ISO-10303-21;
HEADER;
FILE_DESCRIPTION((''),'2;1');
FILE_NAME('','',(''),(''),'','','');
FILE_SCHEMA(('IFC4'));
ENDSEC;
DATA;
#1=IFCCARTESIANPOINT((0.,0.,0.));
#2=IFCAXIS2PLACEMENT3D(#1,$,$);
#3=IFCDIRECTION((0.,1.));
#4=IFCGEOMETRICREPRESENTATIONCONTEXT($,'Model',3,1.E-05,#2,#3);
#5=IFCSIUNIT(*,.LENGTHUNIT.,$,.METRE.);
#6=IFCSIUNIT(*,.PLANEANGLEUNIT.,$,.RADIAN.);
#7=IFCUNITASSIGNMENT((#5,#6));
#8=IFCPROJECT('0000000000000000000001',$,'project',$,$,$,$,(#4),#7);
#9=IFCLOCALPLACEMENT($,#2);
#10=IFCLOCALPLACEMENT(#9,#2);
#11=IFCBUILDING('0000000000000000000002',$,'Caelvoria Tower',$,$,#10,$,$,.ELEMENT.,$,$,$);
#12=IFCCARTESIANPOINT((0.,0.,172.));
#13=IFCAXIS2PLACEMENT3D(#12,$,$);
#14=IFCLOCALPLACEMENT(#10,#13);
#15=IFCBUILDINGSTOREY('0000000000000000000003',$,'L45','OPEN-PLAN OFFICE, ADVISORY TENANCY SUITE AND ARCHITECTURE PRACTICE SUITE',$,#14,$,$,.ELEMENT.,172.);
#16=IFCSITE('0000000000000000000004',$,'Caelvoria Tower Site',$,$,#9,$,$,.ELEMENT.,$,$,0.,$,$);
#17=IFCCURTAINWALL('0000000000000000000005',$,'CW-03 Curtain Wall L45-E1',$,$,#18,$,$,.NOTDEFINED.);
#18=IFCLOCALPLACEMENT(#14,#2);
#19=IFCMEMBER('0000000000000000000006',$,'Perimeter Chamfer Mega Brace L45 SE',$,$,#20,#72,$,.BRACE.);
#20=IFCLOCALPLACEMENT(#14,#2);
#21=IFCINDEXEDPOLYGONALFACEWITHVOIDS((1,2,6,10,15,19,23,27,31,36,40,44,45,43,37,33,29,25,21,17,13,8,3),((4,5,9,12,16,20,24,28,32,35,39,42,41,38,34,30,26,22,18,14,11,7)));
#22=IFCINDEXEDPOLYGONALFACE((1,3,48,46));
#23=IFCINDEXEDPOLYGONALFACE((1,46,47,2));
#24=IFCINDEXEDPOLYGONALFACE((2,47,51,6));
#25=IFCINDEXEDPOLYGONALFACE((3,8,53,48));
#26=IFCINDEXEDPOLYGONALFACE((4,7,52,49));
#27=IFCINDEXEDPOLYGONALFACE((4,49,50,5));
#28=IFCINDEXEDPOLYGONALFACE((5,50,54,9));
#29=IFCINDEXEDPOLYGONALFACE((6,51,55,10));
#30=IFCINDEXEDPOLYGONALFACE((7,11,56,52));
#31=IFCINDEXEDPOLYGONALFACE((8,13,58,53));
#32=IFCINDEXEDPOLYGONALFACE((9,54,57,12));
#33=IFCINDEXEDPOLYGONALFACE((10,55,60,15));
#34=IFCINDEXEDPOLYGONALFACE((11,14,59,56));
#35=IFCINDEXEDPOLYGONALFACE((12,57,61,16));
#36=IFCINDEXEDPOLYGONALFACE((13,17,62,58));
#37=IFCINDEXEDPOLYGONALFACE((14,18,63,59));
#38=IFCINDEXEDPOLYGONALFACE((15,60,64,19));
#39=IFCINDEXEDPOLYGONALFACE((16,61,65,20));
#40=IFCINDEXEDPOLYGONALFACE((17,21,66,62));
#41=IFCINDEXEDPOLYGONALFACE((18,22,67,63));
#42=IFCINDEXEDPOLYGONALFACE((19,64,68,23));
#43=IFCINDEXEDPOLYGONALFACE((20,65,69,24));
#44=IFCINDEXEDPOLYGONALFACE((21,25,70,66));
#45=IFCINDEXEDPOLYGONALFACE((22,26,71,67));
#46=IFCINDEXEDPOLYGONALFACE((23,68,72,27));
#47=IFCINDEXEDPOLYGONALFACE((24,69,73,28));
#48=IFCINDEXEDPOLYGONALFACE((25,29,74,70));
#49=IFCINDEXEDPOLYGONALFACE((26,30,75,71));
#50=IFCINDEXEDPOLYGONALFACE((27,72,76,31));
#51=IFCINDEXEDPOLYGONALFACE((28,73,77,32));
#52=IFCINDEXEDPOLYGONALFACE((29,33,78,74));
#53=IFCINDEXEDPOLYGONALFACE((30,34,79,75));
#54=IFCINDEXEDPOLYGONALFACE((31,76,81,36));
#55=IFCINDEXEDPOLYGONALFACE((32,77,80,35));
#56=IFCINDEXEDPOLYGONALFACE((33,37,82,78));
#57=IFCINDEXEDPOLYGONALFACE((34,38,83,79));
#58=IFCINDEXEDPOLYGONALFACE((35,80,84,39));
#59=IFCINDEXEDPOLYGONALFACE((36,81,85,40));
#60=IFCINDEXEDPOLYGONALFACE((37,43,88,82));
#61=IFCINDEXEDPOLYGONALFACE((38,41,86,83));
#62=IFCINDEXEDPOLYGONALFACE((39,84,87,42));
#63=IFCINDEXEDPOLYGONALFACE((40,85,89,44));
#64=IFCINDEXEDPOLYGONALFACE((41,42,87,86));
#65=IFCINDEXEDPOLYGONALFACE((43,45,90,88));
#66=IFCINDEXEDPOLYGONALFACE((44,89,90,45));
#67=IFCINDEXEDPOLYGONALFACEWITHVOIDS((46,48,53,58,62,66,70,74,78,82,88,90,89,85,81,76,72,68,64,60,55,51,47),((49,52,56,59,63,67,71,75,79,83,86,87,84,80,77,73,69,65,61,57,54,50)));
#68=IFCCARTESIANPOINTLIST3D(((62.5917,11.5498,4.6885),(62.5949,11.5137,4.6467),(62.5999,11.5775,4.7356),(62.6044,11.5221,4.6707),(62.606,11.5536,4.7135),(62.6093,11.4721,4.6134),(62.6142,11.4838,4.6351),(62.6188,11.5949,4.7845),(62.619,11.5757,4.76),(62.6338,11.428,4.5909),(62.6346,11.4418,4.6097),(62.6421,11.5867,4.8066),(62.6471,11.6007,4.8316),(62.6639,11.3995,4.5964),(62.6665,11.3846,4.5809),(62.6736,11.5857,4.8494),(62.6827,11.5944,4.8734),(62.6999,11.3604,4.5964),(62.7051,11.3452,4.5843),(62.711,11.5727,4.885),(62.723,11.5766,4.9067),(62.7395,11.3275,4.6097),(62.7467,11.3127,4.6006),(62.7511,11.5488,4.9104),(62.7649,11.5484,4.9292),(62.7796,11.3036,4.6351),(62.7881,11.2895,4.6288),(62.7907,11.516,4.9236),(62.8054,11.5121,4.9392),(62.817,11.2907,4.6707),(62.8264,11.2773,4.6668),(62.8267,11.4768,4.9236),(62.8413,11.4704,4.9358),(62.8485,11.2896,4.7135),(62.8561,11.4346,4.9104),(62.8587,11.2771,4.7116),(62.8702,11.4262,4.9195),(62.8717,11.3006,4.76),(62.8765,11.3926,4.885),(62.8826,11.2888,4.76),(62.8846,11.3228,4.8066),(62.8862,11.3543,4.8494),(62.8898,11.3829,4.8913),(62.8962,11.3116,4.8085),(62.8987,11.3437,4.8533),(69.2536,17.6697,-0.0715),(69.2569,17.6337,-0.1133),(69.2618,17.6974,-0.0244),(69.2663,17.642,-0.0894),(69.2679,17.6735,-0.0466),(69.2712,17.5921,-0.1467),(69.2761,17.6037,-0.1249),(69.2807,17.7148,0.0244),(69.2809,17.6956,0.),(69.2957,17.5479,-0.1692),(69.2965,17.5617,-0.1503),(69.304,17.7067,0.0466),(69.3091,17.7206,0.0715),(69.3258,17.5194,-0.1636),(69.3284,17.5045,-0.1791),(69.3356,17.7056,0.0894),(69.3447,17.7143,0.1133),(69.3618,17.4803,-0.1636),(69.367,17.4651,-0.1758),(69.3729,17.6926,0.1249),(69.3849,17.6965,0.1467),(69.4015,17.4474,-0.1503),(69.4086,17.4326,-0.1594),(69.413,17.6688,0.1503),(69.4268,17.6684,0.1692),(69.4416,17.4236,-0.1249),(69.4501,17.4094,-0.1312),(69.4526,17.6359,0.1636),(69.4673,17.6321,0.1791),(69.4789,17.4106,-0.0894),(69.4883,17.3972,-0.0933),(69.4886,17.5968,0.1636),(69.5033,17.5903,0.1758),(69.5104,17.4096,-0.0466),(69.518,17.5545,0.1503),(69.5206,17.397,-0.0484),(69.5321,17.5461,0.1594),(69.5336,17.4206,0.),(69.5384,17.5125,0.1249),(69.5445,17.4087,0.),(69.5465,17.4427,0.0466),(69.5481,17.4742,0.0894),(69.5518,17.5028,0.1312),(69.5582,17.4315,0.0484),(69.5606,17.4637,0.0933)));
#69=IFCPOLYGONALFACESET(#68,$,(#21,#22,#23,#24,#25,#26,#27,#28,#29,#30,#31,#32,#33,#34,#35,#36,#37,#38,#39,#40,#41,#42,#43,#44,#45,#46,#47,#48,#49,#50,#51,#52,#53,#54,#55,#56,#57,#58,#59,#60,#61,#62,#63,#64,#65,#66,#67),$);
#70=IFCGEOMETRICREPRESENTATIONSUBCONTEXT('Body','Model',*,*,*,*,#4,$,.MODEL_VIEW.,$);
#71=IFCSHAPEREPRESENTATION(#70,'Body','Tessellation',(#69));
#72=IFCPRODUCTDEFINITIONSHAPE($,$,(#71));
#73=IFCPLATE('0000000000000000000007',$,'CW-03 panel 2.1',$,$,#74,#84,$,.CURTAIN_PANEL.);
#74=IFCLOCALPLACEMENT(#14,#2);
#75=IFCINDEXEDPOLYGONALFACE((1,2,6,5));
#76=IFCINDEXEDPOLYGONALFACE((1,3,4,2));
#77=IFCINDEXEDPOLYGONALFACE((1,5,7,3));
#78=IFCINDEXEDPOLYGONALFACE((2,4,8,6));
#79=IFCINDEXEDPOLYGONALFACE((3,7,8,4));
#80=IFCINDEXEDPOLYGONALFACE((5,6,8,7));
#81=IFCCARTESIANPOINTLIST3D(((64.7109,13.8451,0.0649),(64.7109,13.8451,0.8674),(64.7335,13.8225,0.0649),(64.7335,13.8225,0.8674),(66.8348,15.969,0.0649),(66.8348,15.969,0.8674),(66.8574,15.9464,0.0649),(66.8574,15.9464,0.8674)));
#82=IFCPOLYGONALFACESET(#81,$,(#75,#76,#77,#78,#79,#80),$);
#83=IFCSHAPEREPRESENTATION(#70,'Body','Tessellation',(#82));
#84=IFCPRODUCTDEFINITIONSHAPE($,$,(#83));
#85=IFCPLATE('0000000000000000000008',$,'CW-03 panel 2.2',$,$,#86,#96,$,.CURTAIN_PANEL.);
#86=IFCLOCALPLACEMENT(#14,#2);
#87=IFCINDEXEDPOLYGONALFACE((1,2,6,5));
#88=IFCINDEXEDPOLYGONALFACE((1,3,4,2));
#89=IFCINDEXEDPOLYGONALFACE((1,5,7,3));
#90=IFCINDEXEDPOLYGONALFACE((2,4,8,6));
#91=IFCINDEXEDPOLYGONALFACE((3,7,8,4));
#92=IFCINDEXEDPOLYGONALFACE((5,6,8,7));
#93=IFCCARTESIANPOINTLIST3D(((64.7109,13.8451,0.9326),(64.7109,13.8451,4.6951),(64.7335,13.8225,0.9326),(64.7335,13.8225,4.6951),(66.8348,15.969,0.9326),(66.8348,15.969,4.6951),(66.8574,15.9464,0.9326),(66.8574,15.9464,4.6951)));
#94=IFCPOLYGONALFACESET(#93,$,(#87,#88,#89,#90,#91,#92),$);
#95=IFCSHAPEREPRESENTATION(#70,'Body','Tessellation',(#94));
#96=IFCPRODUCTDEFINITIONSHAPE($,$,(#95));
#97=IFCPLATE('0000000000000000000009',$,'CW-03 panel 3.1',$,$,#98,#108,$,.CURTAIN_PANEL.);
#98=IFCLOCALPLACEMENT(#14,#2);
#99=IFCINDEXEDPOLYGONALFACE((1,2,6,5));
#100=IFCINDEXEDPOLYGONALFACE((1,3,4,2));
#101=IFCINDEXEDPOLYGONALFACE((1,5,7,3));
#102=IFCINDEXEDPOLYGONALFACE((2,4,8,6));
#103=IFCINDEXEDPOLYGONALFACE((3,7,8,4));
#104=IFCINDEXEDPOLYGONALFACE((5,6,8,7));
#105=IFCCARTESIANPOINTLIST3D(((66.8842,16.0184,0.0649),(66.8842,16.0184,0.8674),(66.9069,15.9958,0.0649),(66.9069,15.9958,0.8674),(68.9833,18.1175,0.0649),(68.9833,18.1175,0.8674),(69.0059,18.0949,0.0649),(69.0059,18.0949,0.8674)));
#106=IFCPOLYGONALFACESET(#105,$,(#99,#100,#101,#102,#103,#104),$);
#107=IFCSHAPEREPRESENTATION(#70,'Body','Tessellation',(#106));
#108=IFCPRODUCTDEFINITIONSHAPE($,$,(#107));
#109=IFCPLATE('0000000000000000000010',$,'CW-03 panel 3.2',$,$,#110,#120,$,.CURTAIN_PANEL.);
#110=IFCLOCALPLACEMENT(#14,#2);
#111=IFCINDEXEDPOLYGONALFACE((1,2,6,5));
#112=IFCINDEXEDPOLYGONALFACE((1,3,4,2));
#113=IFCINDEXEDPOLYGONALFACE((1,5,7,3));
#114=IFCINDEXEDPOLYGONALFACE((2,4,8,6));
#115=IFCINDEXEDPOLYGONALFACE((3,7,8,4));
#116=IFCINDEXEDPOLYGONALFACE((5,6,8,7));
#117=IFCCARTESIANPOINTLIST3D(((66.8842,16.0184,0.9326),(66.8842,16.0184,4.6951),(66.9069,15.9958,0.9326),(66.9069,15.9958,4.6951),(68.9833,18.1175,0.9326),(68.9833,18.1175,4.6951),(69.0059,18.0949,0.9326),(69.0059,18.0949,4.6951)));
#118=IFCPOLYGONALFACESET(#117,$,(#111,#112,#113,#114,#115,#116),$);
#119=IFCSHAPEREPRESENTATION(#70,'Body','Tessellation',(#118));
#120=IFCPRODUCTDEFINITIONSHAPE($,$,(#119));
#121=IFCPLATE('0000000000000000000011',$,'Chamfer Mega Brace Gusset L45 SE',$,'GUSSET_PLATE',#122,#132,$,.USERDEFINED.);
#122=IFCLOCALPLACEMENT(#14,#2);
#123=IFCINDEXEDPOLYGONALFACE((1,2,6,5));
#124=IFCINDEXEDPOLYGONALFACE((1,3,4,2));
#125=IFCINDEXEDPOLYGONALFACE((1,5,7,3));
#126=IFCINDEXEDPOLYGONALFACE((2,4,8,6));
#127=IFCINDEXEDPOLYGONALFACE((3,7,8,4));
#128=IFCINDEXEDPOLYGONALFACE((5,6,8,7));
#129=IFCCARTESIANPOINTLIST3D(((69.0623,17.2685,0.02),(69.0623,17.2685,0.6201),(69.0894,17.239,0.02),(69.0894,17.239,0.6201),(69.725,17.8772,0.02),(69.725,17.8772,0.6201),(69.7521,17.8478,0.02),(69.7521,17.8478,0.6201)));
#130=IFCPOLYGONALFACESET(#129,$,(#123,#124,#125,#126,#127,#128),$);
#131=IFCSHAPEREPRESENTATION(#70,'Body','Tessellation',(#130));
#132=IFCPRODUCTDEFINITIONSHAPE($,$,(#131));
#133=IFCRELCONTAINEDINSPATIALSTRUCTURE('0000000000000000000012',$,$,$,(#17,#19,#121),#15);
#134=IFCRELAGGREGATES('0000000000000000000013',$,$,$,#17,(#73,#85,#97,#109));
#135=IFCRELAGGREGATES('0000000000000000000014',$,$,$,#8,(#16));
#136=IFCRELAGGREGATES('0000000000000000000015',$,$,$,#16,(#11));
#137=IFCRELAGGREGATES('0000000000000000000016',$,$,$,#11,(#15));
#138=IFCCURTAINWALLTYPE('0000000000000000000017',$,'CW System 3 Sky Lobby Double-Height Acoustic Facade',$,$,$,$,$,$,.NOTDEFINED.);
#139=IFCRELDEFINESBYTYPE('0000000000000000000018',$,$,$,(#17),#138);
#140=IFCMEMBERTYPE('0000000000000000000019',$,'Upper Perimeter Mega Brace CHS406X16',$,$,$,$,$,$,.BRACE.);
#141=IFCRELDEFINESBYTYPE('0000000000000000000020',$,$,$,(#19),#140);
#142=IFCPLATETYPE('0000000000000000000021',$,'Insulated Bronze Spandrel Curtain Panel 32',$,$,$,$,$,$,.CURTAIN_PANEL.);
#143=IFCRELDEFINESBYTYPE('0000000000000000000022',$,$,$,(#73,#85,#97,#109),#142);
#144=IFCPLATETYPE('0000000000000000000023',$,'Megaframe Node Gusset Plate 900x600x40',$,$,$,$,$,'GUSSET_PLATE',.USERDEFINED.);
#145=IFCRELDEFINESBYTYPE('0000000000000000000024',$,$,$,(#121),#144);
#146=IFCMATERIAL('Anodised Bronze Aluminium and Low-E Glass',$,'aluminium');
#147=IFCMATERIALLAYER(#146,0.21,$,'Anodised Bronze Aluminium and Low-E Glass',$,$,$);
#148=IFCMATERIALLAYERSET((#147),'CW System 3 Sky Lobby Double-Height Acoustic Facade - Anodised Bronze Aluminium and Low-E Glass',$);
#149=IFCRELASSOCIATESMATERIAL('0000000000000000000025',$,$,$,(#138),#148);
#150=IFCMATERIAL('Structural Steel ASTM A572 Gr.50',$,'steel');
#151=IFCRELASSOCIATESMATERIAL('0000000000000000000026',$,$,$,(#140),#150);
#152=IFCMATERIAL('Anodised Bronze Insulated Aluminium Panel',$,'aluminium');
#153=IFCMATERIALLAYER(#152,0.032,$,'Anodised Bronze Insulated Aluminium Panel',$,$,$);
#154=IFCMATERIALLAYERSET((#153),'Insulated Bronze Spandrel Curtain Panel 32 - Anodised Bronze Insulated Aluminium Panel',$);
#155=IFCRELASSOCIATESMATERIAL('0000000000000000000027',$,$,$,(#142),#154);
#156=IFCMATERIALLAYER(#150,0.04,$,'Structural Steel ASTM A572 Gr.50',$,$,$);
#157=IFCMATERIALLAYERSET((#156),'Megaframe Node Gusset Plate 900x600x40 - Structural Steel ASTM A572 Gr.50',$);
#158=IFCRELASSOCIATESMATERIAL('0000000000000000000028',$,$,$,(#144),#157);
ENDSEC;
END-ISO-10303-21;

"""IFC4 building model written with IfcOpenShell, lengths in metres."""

from ifc_helpers import new_model, si_unit, direction, frame, origin, origin_2d, place, context, subcontext, project, spatial, rectangle, hollow_circle, extrude, material, layer, layer_set, material_profile, profile_set, type_object, element, aggregate, save


model = new_model("IFC4")

# Units and contexts
model_context = context("Model", 3, precision=1e-05, world=origin(), true_north=direction((0.0, 1.0)))
body_context = subcontext(model_context, "Body", "Model", "MODEL_VIEW")
ifc_project = project(units=[si_unit("LENGTHUNIT", "METRE"), si_unit("PLANEANGLEUNIT", "RADIAN")], contexts=[model_context])

# Site, building, storey
site_placement = place(None, origin())
site = spatial("IfcSite", under=ifc_project, at=site_placement, Name="Caelvoria Tower Site", CompositionType="ELEMENT", RefElevation=0.0)
building_placement = place(site_placement, origin())
building = spatial("IfcBuilding", under=site, at=building_placement, Name="Caelvoria Tower", CompositionType="ELEMENT")
storey_placement = place(building_placement, frame((0.0, 0.0, 172.0)))
storey = spatial("IfcBuildingStorey", under=building, at=storey_placement, Name="L45", Description="OPEN-PLAN OFFICE, ADVISORY TENANCY SUITE AND ARCHITECTURE PRACTICE SUITE", CompositionType="ELEMENT", Elevation=172.0)

# Shared definitions
ifc_material_1 = material(Name="Structural Steel ASTM A572 Gr.50", Category="steel")

# Curtain wall
ifc_material_2 = material(Name="Anodised Bronze Aluminium and Low-E Glass", Category="aluminium")
ifc_layer_1 = layer(ifc_material_2, 0.21, Name="Anodised Bronze Aluminium and Low-E Glass")
ifc_layer_set_1 = layer_set([ifc_layer_1], Name="CW System 3 Sky Lobby Double-Height Acoustic Facade - Anodised Bronze Aluminium and Low-E Glass")
curtain_wall_type = type_object("IfcCurtainWallType", Name="CW System 3 Sky Lobby Double-Height Acoustic Facade", PredefinedType="NOTDEFINED", material=ifc_layer_set_1)
curtain_wall_placement = place(storey_placement, origin())
curtain_wall = element("IfcCurtainWall", 1, at=curtain_wall_placement, inside=storey, type_object=curtain_wall_type, Name="CW-03 Curtain Wall L45-E1", PredefinedType="NOTDEFINED")

# Member
ifc_material_profile_1 = material_profile(ifc_material_1, hollow_circle(Radius=0.2029, WallThickness=0.0161, at=origin_2d()), Name="Structural Steel ASTM A572 Gr.50")
ifc_profile_set_1 = profile_set([ifc_material_profile_1], Name="CHS406X16 - Structural Steel ASTM A572 Gr.50")
member_type_1 = type_object("IfcMemberType", Name="Upper Perimeter Mega Brace CHS406X16", PredefinedType="BRACE", material=ifc_profile_set_1)
member_1_placement = place(storey_placement, frame((69.4072, 17.5581, 0.0), z_axis=(-0.651713, -0.598691, 0.465659), x_axis=(0.676515, -0.736429, 0.0)))
element("IfcMember", 2, at=member_1_placement, inside=storey, type_object=member_type_1, Name="Perimeter Chamfer Mega Brace L45 SE", PredefinedType="BRACE", context=body_context, shape_type="SweptSolid", body=[
    extrude(hollow_circle(Radius=0.2029, WallThickness=0.0161, at=origin_2d()), origin(), (0.0, 0.0, 1.0), 10.2222),
])

# Plates
ifc_material_3 = material(Name="Anodised Bronze Insulated Aluminium Panel", Category="aluminium")
ifc_layer_2 = layer(ifc_material_3, 0.032, Name="Anodised Bronze Insulated Aluminium Panel")
ifc_layer_set_2 = layer_set([ifc_layer_2], Name="Insulated Bronze Spandrel Curtain Panel 32 - Anodised Bronze Insulated Aluminium Panel")
plate_type_1 = type_object("IfcPlateType", Name="Insulated Bronze Spandrel Curtain Panel 32", PredefinedType="CURTAIN_PANEL", material=ifc_layer_set_2)
plate_1_placement = place(storey_placement, frame((65.7842, 14.8958, 0.0649), z_axis=(0.0, 0.0, 1.0), x_axis=(0.707107, 0.707107, 0.0)))
plate_1 = element("IfcPlate", 3, at=plate_1_placement, type_object=plate_type_1, Name="CW-03 panel 2.1", PredefinedType="CURTAIN_PANEL", context=body_context, shape_type="SweptSolid", body=[
    extrude(rectangle(XDim=3.0037, YDim=0.032, at=origin_2d()), origin(), (0.0, 0.0, 1.0), 0.8025),
])
plate_2_placement = place(storey_placement, frame((65.7842, 14.8958, 0.9326), z_axis=(0.0, 0.0, 1.0), x_axis=(0.707107, 0.707107, 0.0)))
plate_2 = element("IfcPlate", 4, at=plate_2_placement, type_object=plate_type_1, Name="CW-03 panel 2.2", PredefinedType="CURTAIN_PANEL", context=body_context, shape_type="SweptSolid", body=[
    extrude(rectangle(XDim=3.0037, YDim=0.032, at=origin_2d()), origin(), (0.0, 0.0, 1.0), 3.7625),
])
plate_3_placement = place(storey_placement, frame((67.9451, 17.0566, 0.0649), z_axis=(0.0, 0.0, 1.0), x_axis=(0.707107, 0.707107, 0.0)))
plate_3 = element("IfcPlate", 5, at=plate_3_placement, type_object=plate_type_1, Name="CW-03 panel 3.1", PredefinedType="CURTAIN_PANEL", context=body_context, shape_type="SweptSolid", body=[
    extrude(rectangle(XDim=2.9685, YDim=0.032, at=origin_2d()), origin(), (0.0, 0.0, 1.0), 0.8025),
])
plate_4_placement = place(storey_placement, frame((67.9451, 17.0566, 0.9326), z_axis=(0.0, 0.0, 1.0), x_axis=(0.707107, 0.707107, 0.0)))
plate_4 = element("IfcPlate", 6, at=plate_4_placement, type_object=plate_type_1, Name="CW-03 panel 3.2", PredefinedType="CURTAIN_PANEL", context=body_context, shape_type="SweptSolid", body=[
    extrude(rectangle(XDim=2.9685, YDim=0.032, at=origin_2d()), origin(), (0.0, 0.0, 1.0), 3.7625),
])
aggregate(curtain_wall, [plate_1, plate_2, plate_3, plate_4])
ifc_layer_3 = layer(ifc_material_1, 0.04, Name="Structural Steel ASTM A572 Gr.50")
ifc_layer_set_3 = layer_set([ifc_layer_3], Name="Megaframe Node Gusset Plate 900x600x40 - Structural Steel ASTM A572 Gr.50")
plate_type_2 = type_object("IfcPlateType", Name="Megaframe Node Gusset Plate 900x600x40", ElementType="GUSSET_PLATE", PredefinedType="USERDEFINED", material=ifc_layer_set_3)
plate_5_placement = place(storey_placement, frame((69.4072, 17.5581, 0.02), z_axis=(0.0, 0.0, 1.0), x_axis=(-0.736435, -0.676508, 0.0)))
element("IfcPlate", 7, at=plate_5_placement, inside=storey, type_object=plate_type_2, Name="Chamfer Mega Brace Gusset L45 SE", ObjectType="GUSSET_PLATE", PredefinedType="USERDEFINED", context=body_context, shape_type="SweptSolid", body=[
    extrude(rectangle(XDim=0.8999, YDim=0.04, at=origin_2d()), origin(), (0.0, 0.0, 1.0), 0.6001),
])

save(model, "model.ifc")
